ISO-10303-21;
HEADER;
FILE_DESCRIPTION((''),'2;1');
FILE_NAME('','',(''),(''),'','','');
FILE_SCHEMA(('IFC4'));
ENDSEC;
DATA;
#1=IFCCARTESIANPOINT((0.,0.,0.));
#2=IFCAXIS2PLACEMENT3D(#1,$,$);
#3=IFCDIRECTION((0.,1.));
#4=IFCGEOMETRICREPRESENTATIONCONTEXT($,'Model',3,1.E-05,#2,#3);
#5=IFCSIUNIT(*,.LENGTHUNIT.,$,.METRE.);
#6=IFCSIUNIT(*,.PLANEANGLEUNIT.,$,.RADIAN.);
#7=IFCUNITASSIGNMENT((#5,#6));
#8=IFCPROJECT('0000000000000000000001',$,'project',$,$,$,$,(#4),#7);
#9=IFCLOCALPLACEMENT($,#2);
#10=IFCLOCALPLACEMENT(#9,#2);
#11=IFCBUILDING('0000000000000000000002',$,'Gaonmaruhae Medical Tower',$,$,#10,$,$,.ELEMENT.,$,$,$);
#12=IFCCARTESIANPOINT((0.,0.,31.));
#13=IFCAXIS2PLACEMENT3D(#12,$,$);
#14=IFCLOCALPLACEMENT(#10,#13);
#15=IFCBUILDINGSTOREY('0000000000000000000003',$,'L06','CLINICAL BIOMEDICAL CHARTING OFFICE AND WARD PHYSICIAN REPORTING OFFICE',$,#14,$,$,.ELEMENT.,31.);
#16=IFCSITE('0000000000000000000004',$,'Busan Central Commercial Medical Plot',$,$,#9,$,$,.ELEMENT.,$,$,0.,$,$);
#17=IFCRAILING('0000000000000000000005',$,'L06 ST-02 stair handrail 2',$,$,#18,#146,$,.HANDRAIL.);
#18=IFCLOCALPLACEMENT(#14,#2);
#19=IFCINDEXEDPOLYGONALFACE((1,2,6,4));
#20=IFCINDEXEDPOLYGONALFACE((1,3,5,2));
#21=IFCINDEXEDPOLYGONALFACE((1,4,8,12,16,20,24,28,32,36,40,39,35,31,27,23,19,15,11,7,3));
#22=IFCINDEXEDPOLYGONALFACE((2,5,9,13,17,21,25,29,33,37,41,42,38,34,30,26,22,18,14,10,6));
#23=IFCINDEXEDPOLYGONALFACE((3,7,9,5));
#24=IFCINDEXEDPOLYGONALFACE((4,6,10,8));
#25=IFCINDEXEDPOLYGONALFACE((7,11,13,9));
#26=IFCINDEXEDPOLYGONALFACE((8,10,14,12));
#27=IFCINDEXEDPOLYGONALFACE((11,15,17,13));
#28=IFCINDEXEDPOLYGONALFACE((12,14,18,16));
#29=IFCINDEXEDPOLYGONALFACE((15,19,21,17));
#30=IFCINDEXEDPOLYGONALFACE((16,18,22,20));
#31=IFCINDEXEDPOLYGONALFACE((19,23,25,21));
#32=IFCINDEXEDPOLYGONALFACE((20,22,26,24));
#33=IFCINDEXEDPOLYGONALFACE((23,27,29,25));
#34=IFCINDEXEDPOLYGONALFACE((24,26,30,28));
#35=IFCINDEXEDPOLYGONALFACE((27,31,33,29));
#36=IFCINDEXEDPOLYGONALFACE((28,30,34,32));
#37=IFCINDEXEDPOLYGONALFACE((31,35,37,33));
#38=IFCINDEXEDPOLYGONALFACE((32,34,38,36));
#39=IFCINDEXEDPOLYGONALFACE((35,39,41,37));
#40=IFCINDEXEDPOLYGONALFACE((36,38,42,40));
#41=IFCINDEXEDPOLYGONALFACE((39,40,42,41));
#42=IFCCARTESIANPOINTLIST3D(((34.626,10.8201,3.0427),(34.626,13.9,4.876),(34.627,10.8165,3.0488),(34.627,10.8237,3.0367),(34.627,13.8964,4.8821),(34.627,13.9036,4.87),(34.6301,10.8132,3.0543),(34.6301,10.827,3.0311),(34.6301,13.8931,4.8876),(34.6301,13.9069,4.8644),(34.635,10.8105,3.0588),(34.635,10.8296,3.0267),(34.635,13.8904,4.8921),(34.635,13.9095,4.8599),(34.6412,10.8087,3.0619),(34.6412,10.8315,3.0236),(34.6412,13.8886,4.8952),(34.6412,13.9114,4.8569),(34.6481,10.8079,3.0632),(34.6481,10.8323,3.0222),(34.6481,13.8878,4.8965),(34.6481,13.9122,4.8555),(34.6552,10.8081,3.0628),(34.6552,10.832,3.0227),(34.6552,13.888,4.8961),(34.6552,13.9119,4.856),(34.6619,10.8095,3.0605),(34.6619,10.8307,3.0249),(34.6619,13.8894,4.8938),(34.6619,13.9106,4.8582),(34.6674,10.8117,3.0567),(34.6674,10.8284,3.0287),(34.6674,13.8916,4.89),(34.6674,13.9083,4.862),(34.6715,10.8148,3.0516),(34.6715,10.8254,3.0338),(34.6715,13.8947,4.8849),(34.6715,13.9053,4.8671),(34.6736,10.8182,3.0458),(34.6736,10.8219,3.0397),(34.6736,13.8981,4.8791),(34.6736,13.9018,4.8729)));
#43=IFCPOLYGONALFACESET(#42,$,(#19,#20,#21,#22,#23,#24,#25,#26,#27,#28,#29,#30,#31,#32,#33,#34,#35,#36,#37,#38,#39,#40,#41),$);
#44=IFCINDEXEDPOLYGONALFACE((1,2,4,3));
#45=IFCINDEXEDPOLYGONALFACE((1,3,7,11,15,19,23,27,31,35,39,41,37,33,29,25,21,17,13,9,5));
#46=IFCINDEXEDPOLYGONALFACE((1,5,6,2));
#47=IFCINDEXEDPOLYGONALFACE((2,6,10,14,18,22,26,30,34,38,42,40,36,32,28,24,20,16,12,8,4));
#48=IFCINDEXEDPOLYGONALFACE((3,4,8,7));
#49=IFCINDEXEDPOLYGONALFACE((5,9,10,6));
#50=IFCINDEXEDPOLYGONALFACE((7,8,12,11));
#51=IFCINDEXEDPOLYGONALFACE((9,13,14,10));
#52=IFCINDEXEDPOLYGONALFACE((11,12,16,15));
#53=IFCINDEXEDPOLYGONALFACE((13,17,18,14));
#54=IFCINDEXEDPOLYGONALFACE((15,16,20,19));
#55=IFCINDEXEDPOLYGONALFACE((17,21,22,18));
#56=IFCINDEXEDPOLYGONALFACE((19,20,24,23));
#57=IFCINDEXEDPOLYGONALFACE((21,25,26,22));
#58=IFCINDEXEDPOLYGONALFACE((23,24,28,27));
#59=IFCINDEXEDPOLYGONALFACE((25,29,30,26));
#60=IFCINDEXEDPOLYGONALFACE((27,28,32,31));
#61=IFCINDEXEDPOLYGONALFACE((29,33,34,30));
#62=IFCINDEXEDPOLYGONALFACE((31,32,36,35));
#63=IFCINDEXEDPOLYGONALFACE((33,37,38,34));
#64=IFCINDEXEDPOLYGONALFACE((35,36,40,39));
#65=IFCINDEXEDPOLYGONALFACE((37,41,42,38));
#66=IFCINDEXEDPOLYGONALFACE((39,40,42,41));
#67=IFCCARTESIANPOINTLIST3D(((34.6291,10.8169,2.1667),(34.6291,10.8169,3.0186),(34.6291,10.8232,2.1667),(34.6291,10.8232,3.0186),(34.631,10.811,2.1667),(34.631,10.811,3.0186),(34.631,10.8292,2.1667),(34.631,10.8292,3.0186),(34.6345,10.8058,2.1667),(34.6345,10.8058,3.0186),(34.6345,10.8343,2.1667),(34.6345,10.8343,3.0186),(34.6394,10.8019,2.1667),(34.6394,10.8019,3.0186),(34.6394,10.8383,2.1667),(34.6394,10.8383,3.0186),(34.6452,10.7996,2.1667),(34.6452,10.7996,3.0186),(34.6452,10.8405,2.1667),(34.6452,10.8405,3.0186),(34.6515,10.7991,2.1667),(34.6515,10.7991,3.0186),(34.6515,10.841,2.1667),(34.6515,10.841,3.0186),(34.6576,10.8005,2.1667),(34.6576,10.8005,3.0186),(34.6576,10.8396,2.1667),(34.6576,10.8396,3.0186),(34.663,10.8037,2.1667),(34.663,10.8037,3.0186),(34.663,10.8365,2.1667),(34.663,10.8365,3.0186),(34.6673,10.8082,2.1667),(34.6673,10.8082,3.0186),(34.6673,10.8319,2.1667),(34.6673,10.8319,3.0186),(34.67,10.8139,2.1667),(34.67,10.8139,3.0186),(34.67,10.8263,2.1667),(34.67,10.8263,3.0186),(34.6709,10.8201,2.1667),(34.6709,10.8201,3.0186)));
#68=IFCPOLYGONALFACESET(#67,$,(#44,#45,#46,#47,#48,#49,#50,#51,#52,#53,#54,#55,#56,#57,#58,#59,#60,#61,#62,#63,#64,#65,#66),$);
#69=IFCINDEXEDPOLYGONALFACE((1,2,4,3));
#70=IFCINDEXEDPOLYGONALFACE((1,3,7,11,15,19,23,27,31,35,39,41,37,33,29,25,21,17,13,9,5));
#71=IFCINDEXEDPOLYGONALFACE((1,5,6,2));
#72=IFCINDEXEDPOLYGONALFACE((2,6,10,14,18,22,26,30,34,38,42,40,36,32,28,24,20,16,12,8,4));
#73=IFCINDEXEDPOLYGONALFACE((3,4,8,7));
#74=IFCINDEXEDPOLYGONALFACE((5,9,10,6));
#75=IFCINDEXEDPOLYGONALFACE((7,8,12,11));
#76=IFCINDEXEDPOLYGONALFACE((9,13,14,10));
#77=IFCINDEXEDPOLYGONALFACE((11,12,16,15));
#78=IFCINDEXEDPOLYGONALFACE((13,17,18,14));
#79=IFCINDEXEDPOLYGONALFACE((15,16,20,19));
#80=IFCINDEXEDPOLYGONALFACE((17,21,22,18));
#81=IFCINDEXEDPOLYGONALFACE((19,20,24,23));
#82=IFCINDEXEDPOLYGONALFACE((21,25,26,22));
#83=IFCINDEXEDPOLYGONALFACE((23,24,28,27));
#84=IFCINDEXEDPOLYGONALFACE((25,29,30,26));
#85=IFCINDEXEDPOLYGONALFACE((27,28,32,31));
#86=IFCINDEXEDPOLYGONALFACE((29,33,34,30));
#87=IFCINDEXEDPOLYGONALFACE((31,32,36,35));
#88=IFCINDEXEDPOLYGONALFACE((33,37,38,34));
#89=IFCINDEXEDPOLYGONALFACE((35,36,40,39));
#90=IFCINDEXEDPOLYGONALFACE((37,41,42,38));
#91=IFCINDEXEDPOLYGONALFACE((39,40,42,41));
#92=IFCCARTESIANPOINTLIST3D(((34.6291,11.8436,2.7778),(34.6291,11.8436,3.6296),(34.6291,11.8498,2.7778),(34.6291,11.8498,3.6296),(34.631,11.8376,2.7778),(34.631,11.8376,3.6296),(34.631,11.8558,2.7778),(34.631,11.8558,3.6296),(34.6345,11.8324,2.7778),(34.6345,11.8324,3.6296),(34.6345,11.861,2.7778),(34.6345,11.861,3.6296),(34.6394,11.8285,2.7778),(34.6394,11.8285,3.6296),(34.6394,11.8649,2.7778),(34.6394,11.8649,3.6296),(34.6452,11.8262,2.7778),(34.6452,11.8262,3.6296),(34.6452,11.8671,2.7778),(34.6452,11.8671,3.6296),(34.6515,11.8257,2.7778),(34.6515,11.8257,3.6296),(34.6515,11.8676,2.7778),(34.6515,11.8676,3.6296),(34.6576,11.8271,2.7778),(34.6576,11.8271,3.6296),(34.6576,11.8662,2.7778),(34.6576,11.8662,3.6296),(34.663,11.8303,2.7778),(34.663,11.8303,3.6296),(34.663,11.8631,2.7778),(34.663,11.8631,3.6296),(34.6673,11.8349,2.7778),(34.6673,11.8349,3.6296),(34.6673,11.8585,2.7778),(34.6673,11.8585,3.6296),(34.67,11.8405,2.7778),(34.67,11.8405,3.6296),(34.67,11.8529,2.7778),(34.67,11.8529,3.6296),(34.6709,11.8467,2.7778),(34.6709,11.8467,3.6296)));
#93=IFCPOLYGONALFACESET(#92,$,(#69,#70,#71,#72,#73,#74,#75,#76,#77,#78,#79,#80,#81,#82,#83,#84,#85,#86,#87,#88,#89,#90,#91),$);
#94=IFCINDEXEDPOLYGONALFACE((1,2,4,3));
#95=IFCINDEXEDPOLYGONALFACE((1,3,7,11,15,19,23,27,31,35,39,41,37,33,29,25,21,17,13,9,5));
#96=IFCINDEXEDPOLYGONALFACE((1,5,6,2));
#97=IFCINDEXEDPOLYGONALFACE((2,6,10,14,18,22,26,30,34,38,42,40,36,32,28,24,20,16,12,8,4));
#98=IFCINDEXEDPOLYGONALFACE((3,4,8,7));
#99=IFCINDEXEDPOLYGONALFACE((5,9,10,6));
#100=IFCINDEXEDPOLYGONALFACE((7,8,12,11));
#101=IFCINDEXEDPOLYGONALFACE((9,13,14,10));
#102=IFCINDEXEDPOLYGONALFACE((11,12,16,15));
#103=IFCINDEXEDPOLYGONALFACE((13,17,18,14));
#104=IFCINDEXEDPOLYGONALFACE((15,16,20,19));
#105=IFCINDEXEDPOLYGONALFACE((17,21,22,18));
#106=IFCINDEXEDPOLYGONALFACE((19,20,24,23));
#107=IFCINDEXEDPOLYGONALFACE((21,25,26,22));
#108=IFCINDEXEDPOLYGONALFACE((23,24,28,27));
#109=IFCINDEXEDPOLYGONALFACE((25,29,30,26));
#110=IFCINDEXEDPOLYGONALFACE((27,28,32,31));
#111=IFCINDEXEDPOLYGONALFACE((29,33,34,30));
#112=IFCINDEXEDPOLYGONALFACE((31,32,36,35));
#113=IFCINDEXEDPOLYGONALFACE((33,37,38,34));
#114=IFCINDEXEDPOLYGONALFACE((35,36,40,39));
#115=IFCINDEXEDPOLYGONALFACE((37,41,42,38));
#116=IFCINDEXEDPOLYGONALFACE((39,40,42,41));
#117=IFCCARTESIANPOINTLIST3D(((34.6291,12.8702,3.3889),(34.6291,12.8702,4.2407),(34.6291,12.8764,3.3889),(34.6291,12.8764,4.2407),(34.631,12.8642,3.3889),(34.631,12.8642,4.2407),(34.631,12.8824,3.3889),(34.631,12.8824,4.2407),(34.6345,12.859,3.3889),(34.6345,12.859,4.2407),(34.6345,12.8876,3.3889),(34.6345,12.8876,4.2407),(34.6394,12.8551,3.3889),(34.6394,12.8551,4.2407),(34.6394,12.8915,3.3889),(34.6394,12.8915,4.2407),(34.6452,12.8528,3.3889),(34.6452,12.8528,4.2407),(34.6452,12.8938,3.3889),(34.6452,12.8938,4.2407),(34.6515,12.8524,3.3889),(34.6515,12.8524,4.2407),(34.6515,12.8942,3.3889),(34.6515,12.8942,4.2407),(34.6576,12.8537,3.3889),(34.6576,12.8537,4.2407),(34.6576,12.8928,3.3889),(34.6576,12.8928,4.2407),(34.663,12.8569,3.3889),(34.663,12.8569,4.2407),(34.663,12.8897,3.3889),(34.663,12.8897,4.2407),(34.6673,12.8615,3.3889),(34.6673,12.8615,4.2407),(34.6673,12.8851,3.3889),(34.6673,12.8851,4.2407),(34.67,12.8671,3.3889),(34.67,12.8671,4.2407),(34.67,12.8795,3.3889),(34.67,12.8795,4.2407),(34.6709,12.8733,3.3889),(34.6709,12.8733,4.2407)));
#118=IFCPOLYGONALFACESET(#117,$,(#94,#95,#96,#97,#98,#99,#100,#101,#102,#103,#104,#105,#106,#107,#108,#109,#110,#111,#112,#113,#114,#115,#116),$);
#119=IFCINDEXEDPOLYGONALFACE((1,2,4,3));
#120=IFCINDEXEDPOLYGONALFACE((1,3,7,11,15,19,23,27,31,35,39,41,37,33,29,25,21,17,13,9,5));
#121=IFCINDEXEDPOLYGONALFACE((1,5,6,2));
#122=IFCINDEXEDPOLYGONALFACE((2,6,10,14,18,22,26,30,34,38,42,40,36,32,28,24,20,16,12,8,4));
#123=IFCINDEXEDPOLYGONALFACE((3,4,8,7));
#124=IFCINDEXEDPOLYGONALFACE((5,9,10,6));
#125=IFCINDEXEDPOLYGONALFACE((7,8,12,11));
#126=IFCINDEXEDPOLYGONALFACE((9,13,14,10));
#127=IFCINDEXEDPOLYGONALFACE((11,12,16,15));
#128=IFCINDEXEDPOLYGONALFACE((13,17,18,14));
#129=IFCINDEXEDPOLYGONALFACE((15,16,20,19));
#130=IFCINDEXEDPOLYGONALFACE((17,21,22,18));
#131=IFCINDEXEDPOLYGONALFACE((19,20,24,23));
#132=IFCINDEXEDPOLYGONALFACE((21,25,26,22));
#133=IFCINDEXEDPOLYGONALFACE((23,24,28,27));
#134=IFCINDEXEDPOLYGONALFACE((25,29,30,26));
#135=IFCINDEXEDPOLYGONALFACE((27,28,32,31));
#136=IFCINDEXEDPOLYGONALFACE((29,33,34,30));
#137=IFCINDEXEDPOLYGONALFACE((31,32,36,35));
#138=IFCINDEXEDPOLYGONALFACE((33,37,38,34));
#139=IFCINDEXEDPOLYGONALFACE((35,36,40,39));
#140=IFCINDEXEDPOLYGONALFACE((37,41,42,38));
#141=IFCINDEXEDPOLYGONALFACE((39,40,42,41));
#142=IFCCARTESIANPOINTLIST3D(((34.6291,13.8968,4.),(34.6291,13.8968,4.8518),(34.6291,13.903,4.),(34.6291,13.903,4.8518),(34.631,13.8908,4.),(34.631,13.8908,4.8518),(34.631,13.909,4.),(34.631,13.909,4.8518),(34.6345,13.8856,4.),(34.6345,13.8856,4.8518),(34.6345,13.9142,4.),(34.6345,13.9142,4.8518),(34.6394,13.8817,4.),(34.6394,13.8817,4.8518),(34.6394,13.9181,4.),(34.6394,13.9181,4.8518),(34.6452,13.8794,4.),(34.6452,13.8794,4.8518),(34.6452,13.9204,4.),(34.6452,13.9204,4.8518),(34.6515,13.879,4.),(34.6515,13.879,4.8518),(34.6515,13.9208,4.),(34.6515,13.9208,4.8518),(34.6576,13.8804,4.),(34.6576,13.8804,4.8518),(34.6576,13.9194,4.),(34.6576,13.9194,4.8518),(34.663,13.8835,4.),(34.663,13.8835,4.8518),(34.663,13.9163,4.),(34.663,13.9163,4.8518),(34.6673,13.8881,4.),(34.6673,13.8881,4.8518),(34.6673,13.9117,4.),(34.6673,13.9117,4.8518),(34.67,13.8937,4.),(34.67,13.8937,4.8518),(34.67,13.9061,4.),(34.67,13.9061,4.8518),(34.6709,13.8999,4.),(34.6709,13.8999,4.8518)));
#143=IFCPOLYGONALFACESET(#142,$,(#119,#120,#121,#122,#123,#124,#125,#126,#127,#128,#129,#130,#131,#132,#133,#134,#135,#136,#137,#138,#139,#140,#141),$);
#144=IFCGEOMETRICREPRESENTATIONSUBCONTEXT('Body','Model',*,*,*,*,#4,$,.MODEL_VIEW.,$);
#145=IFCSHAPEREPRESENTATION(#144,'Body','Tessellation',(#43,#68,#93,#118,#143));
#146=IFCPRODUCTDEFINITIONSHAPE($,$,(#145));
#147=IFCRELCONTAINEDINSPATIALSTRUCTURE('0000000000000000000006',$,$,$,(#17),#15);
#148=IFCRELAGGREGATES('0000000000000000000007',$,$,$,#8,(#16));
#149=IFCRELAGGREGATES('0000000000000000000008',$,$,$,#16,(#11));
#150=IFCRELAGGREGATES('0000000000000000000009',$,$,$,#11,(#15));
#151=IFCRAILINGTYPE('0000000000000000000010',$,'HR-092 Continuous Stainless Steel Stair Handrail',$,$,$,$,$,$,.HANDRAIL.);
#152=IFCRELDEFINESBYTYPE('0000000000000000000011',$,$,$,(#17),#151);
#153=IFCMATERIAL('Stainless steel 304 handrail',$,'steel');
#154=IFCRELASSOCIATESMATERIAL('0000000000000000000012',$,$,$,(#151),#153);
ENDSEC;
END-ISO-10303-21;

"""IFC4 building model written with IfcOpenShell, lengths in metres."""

from ifc_helpers import new_model, si_unit, direction, frame, origin, origin_2d, place, context, subcontext, project, spatial, circle, extrude, material, type_object, element, save


model = new_model("IFC4")

# Units and contexts
model_context = context("Model", 3, precision=1e-05, world=origin(), true_north=direction((0.0, 1.0)))
body_context = subcontext(model_context, "Body", "Model", "MODEL_VIEW")
ifc_project = project(units=[si_unit("LENGTHUNIT", "METRE"), si_unit("PLANEANGLEUNIT", "RADIAN")], contexts=[model_context])

# Site, building, storey
site_placement = place(None, origin())
site = spatial("IfcSite", under=ifc_project, at=site_placement, Name="Busan Central Commercial Medical Plot", CompositionType="ELEMENT", RefElevation=0.0)
building_placement = place(site_placement, origin())
building = spatial("IfcBuilding", under=site, at=building_placement, Name="Gaonmaruhae Medical Tower", CompositionType="ELEMENT")
storey_placement = place(building_placement, frame((0.0, 0.0, 31.0)))
storey = spatial("IfcBuildingStorey", under=building, at=storey_placement, Name="L06", Description="CLINICAL BIOMEDICAL CHARTING OFFICE AND WARD PHYSICIAN REPORTING OFFICE", CompositionType="ELEMENT", Elevation=31.0)

# Railing
ifc_material_1 = material(Name="Stainless steel 304 handrail", Category="steel")
railing_type_1 = type_object("IfcRailingType", Name="HR-092 Continuous Stainless Steel Stair Handrail", PredefinedType="HANDRAIL", material=ifc_material_1)
railing_1_placement = place(storey_placement, frame((34.6499, 10.8201, 2.1667)))
element("IfcRailing", 1, at=railing_1_placement, inside=storey, type_object=railing_type_1, Name="L06 ST-02 stair handrail 2", PredefinedType="HANDRAIL", context=body_context, shape_type="SweptSolid", body=[
    extrude(circle(Radius=0.0239, at=origin_2d()), frame((0.0, 0.0, 0.876), z_axis=(0.0, 0.859291, 0.511487), x_axis=(-1.0, 0.0, 0.0)), (0.0, 0.0, 1.0), 3.5842),
    extrude(circle(Radius=0.021, at=origin_2d()), origin(), (0.0, 0.0, 1.0), 0.8518),
    extrude(circle(Radius=0.021, at=origin_2d()), frame((0.0, 1.0266, 0.6111)), (0.0, 0.0, 1.0), 0.8518),
    extrude(circle(Radius=0.021, at=origin_2d()), frame((0.0, 2.0532, 1.2222)), (0.0, 0.0, 1.0), 0.8518),
    extrude(circle(Radius=0.021, at=origin_2d()), frame((0.0, 3.0798, 1.8333)), (0.0, 0.0, 1.0), 0.8518),
])

save(model, "model.ifc")
